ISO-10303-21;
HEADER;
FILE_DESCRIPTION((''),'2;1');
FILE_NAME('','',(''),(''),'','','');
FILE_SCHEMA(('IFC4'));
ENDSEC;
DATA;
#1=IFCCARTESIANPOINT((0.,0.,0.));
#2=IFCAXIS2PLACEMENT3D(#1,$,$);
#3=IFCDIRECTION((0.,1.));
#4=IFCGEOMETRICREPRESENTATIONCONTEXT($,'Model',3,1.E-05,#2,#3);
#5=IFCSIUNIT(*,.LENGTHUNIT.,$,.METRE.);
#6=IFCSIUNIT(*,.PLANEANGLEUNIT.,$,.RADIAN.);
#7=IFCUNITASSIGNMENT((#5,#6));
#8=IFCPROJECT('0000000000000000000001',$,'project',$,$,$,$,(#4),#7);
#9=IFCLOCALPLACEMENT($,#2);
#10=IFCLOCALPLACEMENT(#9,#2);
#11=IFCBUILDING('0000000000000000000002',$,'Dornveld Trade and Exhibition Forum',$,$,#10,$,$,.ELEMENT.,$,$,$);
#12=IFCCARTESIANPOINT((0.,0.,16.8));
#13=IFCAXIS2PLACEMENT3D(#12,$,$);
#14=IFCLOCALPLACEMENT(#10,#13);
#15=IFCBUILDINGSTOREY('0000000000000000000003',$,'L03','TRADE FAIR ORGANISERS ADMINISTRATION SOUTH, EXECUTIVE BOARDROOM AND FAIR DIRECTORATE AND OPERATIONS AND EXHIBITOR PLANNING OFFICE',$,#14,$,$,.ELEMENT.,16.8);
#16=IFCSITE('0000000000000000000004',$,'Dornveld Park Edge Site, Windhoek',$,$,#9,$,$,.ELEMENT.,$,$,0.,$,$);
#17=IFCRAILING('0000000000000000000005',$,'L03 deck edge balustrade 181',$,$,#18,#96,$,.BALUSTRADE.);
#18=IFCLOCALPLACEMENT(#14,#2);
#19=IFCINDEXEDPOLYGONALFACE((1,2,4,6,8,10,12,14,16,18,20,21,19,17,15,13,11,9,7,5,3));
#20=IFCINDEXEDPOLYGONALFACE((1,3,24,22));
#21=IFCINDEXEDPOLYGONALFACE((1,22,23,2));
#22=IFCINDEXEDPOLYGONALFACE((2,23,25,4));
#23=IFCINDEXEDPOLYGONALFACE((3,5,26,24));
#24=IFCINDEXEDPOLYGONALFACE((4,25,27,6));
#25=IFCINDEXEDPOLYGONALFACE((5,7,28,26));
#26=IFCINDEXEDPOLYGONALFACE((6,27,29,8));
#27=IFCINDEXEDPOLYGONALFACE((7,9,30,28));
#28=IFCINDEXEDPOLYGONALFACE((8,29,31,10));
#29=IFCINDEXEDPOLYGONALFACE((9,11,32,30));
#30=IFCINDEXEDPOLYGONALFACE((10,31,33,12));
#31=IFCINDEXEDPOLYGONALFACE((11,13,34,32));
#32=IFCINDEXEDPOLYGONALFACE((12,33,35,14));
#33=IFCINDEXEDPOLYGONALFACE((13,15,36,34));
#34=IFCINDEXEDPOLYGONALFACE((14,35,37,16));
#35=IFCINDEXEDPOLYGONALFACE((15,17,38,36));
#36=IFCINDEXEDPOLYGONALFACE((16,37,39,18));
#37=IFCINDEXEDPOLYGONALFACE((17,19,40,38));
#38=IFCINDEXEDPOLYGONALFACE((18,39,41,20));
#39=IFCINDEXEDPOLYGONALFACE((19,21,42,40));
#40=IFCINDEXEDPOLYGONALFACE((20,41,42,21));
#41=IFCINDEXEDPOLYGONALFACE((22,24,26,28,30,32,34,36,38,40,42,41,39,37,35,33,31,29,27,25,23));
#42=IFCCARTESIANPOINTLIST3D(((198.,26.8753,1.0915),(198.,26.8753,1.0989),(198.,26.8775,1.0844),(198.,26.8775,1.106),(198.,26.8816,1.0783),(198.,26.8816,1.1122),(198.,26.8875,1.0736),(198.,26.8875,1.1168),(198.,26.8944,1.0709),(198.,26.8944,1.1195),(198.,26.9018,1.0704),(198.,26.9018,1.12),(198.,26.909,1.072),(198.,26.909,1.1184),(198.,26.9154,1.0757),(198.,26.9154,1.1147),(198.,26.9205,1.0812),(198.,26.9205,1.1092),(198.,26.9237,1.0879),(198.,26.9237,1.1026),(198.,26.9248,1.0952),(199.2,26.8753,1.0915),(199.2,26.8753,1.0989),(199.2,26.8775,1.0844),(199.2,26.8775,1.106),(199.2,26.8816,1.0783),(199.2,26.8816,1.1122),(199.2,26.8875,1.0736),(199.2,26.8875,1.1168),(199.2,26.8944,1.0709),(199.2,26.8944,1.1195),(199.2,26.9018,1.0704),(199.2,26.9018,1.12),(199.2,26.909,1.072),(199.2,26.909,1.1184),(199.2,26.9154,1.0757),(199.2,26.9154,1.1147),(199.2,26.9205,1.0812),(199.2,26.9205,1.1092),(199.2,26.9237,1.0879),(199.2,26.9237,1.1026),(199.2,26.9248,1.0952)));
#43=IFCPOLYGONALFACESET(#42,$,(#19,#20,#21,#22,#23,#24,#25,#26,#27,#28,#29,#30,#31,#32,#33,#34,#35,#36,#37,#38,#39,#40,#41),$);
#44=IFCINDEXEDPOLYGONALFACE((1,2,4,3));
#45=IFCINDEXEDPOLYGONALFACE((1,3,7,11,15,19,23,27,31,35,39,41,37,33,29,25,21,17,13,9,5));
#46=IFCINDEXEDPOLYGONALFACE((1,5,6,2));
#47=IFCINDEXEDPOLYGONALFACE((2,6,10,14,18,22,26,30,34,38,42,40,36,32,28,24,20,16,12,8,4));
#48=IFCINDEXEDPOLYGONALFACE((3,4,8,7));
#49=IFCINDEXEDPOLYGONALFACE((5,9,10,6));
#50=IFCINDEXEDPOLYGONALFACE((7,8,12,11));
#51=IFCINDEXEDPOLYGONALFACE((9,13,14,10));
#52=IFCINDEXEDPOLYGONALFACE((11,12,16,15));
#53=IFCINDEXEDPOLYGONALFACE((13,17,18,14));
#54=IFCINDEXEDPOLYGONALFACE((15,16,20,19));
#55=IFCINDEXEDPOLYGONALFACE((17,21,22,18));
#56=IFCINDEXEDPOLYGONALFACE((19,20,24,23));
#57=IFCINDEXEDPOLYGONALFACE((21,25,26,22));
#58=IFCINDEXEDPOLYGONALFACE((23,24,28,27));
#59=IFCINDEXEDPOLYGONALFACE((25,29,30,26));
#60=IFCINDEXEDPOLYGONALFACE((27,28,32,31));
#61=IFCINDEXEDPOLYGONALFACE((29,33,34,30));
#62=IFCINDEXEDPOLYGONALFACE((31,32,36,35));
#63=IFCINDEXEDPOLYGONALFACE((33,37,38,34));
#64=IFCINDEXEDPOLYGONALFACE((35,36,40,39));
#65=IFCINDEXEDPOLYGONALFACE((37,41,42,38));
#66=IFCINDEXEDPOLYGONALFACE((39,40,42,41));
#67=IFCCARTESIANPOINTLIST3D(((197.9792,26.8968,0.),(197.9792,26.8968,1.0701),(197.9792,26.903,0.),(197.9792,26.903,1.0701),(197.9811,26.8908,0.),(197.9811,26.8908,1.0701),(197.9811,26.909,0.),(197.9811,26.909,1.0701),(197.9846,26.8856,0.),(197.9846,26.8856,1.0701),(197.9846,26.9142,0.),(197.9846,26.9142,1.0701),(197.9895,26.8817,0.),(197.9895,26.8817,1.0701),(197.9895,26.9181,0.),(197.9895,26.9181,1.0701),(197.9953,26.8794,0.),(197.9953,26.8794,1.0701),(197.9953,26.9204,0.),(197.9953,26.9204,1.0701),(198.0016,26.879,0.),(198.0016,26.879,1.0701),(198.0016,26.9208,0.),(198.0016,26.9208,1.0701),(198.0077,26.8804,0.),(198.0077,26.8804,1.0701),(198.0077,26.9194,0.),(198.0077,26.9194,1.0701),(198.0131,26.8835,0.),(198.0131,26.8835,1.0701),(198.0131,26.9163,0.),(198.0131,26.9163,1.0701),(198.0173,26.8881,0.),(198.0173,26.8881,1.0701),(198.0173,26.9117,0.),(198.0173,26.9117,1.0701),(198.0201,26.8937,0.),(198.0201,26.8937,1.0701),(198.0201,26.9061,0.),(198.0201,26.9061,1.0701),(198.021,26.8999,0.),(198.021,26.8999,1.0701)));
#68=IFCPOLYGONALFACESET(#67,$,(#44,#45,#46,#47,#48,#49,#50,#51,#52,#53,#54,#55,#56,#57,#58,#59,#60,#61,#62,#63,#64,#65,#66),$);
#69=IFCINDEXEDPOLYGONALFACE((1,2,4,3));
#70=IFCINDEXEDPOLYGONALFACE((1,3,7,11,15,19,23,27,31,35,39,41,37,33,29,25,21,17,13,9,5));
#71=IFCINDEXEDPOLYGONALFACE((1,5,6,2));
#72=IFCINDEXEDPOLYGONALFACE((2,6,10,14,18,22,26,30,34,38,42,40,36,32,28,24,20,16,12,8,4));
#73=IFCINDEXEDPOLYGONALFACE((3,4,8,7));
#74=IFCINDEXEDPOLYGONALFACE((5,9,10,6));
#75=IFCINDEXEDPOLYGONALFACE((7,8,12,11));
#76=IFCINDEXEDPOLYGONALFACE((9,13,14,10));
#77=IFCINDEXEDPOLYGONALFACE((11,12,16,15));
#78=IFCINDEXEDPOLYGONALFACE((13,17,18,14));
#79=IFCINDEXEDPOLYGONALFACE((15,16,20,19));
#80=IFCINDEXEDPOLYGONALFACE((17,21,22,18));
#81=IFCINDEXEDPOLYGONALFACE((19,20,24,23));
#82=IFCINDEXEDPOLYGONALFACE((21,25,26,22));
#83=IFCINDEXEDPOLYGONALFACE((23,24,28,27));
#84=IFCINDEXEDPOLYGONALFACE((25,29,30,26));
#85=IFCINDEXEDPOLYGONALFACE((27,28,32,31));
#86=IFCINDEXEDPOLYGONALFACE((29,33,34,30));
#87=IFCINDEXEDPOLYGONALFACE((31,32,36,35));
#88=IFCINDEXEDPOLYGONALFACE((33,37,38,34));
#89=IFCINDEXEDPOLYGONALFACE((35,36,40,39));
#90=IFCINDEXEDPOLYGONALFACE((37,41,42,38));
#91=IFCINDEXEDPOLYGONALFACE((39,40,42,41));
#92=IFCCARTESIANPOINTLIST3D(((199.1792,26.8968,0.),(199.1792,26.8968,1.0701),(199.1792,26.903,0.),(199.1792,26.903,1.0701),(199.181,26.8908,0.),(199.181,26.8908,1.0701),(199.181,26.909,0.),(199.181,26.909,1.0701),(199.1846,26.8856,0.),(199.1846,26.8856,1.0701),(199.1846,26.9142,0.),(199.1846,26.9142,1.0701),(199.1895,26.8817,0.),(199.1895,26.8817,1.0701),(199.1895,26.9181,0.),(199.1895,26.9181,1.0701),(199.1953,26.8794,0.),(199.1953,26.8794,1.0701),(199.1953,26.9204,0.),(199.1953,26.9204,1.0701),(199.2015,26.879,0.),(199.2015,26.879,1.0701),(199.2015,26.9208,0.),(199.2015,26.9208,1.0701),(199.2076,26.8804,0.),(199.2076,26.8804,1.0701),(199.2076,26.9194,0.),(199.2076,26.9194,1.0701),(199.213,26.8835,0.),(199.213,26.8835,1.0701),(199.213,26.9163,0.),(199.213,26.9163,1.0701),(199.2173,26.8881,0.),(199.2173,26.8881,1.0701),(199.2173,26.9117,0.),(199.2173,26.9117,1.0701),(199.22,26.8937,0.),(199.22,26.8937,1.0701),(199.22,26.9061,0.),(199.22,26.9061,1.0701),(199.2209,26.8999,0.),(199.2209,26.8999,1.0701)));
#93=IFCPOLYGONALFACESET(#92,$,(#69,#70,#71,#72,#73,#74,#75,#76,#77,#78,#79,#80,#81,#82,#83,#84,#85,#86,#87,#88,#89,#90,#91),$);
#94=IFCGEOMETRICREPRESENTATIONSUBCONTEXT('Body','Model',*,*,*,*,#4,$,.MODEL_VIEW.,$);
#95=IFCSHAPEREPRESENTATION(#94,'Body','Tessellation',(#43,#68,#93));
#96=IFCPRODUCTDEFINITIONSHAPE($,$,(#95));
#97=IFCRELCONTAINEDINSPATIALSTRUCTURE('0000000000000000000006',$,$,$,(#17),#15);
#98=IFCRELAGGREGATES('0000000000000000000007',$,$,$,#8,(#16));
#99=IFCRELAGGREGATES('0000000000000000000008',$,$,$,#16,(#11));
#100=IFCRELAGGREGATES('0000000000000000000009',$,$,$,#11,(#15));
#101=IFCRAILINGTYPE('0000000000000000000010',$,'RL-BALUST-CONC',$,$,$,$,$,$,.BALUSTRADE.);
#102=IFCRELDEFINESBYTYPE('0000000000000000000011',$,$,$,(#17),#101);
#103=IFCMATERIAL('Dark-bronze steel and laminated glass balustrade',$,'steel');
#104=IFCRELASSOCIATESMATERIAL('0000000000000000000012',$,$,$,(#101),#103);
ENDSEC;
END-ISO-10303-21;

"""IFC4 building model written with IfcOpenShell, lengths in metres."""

from ifc_helpers import new_model, si_unit, direction, frame, origin, origin_2d, place, context, subcontext, project, spatial, circle, extrude, material, type_object, element, save


model = new_model("IFC4")

# Units and contexts
model_context = context("Model", 3, precision=1e-05, world=origin(), true_north=direction((0.0, 1.0)))
body_context = subcontext(model_context, "Body", "Model", "MODEL_VIEW")
ifc_project = project(units=[si_unit("LENGTHUNIT", "METRE"), si_unit("PLANEANGLEUNIT", "RADIAN")], contexts=[model_context])

# Site, building, storey
site_placement = place(None, origin())
site = spatial("IfcSite", under=ifc_project, at=site_placement, Name="Dornveld Park Edge Site, Windhoek", CompositionType="ELEMENT", RefElevation=0.0)
building_placement = place(site_placement, origin())
building = spatial("IfcBuilding", under=site, at=building_placement, Name="Dornveld Trade and Exhibition Forum", CompositionType="ELEMENT")
storey_placement = place(building_placement, frame((0.0, 0.0, 16.8)))
storey = spatial("IfcBuildingStorey", under=building, at=storey_placement, Name="L03", Description="TRADE FAIR ORGANISERS ADMINISTRATION SOUTH, EXECUTIVE BOARDROOM AND FAIR DIRECTORATE AND OPERATIONS AND EXHIBITOR PLANNING OFFICE", CompositionType="ELEMENT", Elevation=16.8)

# Railing
ifc_material_1 = material(Name="Dark-bronze steel and laminated glass balustrade", Category="steel")
railing_type = type_object("IfcRailingType", Name="RL-BALUST-CONC", PredefinedType="BALUSTRADE", material=ifc_material_1)
railing_1_placement = place(storey_placement, frame((198.0, 26.8999, 0.0)))
element("IfcRailing", 1, at=railing_1_placement, inside=storey, type_object=railing_type, Name="L03 deck edge balustrade 181", PredefinedType="BALUSTRADE", context=body_context, shape_type="SweptSolid", body=[
    extrude(circle(Radius=0.0249, at=origin_2d()), frame((0.0, 0.0, 1.0952), z_axis=(1.0, 0.0, 0.0), x_axis=(0.0, 1.0, 0.0)), (0.0, 0.0, 1.0), 1.2),
    extrude(circle(Radius=0.021, at=origin_2d()), origin(), (0.0, 0.0, 1.0), 1.0701),
    extrude(circle(Radius=0.021, at=origin_2d()), frame((1.2, 0.0, 0.0)), (0.0, 0.0, 1.0), 1.0701),
])

save(model, "model.ifc")
